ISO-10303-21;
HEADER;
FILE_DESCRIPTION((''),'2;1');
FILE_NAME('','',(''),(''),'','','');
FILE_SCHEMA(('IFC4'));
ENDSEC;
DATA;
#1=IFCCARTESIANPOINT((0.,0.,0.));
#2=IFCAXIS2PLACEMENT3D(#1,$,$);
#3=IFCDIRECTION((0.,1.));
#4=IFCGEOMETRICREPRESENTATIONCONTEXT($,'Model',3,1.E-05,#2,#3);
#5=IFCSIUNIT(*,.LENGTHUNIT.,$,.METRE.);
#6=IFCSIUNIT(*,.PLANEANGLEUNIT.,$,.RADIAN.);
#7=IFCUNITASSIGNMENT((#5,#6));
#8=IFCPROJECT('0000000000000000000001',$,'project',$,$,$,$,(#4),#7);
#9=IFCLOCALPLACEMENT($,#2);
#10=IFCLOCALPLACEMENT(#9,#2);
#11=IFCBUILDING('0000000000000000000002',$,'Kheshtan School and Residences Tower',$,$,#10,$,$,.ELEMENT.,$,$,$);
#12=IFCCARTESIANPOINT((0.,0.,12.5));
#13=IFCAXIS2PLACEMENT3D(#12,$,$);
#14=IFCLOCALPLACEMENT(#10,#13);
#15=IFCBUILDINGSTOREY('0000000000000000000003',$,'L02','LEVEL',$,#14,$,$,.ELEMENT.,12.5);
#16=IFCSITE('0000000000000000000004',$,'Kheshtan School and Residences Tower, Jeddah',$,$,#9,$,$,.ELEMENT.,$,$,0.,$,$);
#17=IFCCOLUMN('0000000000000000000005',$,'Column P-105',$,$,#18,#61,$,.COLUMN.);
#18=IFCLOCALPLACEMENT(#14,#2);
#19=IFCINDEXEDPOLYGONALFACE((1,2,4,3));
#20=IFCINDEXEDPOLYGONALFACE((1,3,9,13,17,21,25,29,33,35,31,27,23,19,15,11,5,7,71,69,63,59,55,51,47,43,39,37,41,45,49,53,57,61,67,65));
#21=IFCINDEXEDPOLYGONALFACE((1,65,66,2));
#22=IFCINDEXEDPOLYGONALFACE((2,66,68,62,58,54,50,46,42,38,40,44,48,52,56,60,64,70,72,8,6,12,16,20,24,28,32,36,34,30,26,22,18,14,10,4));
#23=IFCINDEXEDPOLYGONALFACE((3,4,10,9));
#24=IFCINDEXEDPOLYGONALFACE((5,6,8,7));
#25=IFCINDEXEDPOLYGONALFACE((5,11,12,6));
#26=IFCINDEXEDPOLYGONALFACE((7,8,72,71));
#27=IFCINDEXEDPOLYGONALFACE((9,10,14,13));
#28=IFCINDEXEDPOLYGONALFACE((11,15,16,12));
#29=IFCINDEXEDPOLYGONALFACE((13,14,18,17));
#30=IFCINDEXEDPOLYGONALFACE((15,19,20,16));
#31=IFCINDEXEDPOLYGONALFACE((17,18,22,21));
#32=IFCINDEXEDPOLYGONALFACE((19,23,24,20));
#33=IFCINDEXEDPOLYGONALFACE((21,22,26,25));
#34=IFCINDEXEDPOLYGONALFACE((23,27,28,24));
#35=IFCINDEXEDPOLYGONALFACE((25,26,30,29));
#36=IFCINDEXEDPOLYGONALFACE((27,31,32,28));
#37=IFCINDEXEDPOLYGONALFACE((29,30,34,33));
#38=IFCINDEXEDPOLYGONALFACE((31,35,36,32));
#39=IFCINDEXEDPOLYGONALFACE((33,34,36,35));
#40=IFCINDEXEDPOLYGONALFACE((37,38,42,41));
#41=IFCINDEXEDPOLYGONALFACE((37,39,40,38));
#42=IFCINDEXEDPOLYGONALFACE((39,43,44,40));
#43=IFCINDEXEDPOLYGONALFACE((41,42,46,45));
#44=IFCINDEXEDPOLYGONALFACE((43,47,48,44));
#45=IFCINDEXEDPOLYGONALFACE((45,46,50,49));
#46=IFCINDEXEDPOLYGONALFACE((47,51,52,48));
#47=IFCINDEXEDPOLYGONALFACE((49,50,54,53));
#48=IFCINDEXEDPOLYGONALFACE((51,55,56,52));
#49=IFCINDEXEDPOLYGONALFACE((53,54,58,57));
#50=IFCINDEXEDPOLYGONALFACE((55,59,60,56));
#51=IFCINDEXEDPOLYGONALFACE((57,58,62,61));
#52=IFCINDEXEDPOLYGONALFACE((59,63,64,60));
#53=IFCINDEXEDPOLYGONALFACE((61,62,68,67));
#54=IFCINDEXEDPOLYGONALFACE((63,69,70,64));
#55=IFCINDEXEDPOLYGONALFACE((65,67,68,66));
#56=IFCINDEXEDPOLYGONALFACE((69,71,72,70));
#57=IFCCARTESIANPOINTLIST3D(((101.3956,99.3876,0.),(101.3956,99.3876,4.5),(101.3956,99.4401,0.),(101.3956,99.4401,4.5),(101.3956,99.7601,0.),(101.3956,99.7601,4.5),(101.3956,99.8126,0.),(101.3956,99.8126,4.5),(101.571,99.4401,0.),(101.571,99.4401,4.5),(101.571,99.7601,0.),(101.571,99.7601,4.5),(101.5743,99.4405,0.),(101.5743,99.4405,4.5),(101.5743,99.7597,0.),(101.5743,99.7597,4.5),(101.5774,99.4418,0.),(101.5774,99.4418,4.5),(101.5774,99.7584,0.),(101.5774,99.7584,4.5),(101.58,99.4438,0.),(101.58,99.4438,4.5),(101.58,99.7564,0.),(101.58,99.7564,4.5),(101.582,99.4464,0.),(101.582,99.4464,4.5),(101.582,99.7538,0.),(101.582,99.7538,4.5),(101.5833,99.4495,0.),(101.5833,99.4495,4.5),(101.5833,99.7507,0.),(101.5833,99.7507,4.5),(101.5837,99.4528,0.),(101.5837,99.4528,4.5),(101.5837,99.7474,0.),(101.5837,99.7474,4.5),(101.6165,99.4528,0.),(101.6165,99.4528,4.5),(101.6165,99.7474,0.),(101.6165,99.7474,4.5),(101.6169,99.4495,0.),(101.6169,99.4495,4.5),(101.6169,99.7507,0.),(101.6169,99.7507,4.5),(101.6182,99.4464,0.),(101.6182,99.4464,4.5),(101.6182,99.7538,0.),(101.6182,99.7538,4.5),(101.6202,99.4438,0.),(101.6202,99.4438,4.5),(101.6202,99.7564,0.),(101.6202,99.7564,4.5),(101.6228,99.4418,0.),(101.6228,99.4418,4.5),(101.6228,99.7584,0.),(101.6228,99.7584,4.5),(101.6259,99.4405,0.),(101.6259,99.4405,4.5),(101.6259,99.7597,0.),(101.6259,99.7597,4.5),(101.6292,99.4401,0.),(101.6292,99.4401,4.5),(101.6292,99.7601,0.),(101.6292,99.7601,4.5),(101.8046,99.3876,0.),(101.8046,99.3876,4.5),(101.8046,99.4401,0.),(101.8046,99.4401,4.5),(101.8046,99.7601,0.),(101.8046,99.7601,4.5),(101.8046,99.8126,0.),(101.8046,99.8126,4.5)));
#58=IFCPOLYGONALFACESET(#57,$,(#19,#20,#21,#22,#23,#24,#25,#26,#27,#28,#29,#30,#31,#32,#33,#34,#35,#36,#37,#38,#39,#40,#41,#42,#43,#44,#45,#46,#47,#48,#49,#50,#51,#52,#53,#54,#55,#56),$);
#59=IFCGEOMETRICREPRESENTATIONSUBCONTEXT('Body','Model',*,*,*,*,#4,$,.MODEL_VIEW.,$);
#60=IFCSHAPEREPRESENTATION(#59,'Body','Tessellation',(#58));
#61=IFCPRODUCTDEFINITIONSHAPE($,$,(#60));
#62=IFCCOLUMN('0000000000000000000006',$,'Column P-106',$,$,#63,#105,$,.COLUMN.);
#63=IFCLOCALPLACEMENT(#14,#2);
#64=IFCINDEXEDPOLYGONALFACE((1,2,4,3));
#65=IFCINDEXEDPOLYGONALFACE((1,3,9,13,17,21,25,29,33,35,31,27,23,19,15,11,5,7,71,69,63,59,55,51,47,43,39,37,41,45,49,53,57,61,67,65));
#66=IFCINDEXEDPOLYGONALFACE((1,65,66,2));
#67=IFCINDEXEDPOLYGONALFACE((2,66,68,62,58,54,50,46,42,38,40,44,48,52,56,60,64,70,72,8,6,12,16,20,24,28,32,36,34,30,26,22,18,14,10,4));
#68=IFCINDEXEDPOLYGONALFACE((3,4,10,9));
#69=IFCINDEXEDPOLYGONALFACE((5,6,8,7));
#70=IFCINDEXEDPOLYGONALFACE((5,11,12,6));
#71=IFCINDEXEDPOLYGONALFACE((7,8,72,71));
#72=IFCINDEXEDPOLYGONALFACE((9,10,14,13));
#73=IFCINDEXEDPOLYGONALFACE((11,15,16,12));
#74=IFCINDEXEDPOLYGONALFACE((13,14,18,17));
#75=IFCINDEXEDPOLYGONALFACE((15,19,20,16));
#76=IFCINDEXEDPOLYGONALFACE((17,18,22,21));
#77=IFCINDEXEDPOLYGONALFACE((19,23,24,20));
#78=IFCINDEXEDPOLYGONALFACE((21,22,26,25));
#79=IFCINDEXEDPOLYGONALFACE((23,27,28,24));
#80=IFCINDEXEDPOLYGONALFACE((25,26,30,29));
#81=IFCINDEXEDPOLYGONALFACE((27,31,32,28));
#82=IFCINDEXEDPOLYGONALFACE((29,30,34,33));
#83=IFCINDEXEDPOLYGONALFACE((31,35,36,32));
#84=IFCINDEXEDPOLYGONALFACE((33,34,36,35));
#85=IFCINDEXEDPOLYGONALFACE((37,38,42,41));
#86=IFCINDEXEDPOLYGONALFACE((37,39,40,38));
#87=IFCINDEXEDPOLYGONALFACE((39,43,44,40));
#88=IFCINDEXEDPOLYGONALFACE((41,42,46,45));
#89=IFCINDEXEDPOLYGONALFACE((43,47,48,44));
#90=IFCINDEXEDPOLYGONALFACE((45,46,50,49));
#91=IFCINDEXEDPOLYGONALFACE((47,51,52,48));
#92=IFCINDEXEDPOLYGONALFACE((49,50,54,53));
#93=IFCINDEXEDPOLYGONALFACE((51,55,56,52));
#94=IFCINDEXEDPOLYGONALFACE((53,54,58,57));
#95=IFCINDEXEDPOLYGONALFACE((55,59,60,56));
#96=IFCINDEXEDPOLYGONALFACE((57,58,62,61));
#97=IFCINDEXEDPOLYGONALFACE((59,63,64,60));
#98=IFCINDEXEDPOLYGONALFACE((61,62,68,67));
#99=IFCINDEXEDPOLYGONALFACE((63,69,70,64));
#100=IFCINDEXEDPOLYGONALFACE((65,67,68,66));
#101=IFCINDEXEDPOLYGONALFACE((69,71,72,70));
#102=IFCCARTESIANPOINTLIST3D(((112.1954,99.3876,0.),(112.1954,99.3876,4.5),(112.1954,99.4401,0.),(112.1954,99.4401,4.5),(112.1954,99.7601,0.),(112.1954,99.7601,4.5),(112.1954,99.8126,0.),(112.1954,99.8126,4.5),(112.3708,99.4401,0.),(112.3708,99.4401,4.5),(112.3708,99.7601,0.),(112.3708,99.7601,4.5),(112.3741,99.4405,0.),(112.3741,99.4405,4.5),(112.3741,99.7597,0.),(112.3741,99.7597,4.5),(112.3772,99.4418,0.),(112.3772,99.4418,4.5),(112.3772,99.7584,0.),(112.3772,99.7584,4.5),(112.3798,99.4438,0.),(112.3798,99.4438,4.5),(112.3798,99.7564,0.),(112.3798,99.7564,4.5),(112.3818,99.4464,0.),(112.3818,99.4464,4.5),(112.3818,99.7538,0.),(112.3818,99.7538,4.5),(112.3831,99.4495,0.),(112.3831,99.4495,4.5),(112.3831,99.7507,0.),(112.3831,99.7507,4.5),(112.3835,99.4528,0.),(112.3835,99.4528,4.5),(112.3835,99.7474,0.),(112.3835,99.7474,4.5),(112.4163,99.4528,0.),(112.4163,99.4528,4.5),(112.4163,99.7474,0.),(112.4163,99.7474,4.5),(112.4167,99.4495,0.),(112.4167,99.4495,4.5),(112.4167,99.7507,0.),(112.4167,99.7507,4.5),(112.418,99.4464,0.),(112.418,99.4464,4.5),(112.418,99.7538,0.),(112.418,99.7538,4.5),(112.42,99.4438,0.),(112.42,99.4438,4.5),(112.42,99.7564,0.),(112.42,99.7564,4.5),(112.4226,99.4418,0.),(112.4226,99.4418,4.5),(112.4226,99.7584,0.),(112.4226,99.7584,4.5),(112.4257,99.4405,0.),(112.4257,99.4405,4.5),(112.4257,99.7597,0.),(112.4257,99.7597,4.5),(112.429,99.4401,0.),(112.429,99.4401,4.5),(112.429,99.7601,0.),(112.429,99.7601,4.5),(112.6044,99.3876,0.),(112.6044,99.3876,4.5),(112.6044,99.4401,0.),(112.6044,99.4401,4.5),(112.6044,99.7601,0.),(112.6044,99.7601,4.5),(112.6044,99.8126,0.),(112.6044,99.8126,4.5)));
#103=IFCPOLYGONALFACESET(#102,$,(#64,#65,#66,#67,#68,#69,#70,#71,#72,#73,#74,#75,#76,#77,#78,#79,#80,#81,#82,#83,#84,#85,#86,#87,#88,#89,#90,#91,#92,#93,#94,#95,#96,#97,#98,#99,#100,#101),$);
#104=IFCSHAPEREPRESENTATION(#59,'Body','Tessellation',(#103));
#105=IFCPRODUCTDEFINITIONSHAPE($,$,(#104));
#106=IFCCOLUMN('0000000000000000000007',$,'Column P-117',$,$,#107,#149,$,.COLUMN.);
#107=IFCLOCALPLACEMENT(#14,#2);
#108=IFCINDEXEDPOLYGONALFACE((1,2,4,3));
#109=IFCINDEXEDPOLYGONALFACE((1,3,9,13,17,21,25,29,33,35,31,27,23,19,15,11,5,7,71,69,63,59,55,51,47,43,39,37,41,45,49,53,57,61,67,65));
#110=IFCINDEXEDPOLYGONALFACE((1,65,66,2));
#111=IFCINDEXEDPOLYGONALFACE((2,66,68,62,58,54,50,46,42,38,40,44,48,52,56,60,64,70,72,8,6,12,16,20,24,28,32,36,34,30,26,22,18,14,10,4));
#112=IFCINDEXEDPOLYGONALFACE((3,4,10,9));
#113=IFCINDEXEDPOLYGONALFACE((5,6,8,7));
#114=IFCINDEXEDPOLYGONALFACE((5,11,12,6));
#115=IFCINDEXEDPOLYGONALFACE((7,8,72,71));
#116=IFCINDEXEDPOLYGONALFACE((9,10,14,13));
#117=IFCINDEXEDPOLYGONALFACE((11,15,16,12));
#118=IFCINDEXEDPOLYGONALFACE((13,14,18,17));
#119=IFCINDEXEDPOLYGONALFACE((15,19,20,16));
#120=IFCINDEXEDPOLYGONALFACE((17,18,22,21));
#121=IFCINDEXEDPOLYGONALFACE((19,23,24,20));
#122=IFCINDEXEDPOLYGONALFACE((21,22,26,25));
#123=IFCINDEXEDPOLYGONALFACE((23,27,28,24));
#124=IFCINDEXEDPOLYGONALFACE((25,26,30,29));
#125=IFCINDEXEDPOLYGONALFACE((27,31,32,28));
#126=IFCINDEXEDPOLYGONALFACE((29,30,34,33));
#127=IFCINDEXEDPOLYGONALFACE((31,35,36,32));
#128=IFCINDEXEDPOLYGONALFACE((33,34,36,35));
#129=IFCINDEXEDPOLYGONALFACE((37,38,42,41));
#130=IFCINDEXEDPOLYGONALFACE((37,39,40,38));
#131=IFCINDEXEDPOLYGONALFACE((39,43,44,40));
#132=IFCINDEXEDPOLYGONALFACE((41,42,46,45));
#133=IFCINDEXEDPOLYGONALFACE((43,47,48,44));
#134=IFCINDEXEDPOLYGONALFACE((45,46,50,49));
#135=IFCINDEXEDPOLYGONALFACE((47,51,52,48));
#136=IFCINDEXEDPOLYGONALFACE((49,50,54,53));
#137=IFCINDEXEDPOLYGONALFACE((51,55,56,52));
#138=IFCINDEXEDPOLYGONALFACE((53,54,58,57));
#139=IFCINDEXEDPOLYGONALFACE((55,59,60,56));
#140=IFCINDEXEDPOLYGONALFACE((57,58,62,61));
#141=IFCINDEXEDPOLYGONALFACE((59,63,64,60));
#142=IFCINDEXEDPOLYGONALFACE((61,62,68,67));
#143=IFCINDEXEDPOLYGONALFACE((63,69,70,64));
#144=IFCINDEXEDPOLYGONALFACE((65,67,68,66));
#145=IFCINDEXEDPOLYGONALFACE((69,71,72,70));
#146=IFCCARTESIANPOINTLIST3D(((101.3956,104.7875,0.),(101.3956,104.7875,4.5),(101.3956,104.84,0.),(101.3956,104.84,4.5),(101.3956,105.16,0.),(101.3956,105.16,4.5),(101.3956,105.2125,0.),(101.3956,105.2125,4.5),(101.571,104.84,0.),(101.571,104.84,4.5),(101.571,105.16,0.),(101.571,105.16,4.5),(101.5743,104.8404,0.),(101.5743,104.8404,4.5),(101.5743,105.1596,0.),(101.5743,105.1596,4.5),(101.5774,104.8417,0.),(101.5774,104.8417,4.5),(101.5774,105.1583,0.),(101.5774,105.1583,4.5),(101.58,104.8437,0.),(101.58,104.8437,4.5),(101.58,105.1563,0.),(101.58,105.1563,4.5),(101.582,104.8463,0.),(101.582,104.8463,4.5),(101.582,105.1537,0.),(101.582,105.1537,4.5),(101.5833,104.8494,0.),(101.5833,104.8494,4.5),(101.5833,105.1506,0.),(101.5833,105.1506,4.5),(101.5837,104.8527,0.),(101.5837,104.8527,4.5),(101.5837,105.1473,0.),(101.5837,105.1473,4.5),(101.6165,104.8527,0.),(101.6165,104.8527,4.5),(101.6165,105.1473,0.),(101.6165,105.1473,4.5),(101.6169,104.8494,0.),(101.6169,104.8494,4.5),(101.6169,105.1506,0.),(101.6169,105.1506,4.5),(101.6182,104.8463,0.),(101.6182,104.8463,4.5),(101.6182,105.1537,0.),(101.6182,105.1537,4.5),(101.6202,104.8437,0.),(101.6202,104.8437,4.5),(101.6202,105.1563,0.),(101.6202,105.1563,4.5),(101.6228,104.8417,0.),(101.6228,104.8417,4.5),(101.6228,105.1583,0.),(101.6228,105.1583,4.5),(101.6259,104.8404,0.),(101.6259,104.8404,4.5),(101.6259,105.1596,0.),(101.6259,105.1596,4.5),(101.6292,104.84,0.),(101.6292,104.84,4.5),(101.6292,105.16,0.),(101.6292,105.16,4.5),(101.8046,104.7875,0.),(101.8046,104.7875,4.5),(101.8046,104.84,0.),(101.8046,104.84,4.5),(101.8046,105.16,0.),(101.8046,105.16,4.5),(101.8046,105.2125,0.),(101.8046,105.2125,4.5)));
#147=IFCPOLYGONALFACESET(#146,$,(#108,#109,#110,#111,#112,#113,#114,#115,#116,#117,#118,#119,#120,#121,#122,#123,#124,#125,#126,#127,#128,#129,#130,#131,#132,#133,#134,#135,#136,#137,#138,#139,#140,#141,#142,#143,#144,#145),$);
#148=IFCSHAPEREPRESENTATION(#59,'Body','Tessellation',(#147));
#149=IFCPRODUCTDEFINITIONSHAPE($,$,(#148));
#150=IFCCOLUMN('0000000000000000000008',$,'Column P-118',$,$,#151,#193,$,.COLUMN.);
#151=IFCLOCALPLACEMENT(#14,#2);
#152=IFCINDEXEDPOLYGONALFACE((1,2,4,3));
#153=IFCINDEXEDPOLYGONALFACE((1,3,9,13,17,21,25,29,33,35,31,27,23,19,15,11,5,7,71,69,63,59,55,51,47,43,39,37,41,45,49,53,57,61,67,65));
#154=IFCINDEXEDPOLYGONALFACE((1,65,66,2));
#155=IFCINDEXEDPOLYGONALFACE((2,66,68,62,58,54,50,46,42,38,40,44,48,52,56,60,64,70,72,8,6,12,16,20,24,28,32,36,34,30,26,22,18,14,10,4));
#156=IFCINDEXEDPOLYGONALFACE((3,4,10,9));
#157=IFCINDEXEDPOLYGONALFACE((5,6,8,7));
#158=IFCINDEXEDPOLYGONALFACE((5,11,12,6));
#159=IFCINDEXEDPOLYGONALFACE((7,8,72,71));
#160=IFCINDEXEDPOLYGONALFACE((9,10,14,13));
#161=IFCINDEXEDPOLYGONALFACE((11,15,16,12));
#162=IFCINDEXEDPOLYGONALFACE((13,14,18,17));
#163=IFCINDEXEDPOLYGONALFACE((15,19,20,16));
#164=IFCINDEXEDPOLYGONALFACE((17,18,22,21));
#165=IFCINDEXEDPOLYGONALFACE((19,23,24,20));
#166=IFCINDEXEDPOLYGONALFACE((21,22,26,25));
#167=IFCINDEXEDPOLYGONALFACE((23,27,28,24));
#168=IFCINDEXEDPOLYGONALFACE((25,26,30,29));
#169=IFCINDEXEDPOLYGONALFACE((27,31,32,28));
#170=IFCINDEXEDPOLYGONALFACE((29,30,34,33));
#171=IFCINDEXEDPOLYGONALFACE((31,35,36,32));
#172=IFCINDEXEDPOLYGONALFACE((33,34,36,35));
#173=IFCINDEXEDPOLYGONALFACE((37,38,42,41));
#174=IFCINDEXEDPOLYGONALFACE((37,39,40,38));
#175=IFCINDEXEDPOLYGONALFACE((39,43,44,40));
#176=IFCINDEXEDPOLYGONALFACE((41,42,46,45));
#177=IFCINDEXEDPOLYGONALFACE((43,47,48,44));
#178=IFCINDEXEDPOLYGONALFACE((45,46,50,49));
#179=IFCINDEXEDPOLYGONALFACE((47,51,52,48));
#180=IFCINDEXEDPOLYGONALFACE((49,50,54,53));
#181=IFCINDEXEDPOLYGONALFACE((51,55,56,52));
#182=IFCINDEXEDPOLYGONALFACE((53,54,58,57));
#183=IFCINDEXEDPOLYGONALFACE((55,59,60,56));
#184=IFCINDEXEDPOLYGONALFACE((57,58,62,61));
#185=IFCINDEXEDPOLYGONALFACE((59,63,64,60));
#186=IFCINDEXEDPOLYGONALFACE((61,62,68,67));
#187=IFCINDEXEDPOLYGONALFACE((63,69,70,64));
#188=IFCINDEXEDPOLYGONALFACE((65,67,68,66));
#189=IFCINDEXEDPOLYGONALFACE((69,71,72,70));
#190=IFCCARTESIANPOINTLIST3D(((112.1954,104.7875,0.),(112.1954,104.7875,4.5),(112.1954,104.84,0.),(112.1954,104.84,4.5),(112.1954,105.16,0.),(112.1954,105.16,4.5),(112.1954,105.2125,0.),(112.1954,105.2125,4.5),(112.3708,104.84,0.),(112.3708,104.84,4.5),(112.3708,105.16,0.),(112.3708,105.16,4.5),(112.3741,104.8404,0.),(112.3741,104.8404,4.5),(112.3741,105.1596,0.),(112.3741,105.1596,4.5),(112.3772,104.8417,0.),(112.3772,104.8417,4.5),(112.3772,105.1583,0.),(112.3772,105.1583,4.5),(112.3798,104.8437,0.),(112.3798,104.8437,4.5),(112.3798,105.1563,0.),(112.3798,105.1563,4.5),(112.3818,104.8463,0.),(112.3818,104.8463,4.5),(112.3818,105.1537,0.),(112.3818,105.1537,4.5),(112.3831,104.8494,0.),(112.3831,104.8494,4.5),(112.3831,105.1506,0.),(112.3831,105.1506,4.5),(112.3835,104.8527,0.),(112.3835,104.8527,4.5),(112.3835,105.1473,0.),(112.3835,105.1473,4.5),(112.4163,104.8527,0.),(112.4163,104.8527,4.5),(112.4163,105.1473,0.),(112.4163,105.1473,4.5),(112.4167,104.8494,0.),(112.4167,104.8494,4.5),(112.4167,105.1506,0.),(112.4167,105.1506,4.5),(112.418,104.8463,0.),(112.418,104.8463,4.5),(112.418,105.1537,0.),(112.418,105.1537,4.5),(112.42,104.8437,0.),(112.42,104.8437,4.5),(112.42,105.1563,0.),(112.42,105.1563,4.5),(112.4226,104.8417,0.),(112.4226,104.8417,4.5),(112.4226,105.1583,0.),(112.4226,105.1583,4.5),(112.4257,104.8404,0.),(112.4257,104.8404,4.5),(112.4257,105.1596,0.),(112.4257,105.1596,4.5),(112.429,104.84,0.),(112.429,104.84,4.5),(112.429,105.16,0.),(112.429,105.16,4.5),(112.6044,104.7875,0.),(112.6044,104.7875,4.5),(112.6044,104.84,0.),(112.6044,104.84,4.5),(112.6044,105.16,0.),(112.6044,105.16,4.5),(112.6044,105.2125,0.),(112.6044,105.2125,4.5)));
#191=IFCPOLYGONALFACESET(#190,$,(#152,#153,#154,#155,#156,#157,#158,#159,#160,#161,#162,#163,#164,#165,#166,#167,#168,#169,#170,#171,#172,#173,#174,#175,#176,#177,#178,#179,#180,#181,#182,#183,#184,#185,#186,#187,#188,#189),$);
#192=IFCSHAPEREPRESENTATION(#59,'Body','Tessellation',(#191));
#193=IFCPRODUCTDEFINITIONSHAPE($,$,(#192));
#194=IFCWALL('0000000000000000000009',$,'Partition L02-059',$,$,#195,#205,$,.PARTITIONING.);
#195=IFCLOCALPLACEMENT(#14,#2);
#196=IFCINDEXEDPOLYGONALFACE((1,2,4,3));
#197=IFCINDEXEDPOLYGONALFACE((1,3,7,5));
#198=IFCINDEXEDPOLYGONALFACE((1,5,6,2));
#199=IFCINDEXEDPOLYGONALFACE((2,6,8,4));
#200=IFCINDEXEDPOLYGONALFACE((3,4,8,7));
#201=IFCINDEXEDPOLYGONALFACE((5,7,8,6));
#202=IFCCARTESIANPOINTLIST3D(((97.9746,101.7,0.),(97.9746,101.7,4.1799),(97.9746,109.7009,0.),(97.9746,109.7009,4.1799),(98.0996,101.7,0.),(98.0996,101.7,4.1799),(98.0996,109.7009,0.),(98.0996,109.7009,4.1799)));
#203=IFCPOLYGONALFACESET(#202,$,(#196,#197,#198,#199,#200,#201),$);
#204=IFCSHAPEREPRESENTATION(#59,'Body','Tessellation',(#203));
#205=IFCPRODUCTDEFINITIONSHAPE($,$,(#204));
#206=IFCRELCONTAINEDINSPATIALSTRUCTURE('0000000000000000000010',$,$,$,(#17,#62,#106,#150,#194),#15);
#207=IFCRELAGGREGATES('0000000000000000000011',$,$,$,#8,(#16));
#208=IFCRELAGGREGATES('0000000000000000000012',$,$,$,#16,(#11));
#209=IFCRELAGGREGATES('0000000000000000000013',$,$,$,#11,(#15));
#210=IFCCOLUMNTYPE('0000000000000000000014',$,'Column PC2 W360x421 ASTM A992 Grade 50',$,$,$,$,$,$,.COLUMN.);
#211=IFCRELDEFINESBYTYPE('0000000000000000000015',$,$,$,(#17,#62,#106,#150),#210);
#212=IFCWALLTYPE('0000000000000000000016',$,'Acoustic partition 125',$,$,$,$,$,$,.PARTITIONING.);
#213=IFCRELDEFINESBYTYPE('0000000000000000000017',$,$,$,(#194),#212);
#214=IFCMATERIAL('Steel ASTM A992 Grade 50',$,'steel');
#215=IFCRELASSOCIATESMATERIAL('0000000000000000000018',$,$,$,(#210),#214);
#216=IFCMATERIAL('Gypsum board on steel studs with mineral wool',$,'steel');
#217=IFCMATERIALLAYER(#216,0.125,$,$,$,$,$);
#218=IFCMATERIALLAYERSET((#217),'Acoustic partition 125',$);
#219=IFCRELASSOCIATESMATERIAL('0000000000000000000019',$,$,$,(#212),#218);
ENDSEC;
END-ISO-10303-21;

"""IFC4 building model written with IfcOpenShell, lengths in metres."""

from ifc_helpers import new_model, si_unit, direction, frame, frame_2d, origin, origin_2d, place, context, subcontext, project, spatial, rectangle, i_section, extrude, material, layer, layer_set, material_profile, profile_set, type_object, element, save


model = new_model("IFC4")

# Units and contexts
model_context = context("Model", 3, precision=1e-05, world=origin(), true_north=direction((0.0, 1.0)))
body_context = subcontext(model_context, "Body", "Model", "MODEL_VIEW")
ifc_project = project(units=[si_unit("LENGTHUNIT", "METRE"), si_unit("PLANEANGLEUNIT", "RADIAN")], contexts=[model_context])

# Site, building, storey
site_placement = place(None, origin())
site = spatial("IfcSite", under=ifc_project, at=site_placement, Name="Kheshtan School and Residences Tower, Jeddah", CompositionType="ELEMENT", RefElevation=0.0)
building_placement = place(site_placement, origin())
building = spatial("IfcBuilding", under=site, at=building_placement, Name="Kheshtan School and Residences Tower", CompositionType="ELEMENT")
storey_placement = place(building_placement, frame((0.0, 0.0, 12.5)))
storey = spatial("IfcBuildingStorey", under=building, at=storey_placement, Name="L02", Description="LEVEL", CompositionType="ELEMENT", Elevation=12.5)

# Columns
ifc_material_1 = material(Name="Steel ASTM A992 Grade 50", Category="steel")
ifc_material_profile = material_profile(ifc_material_1, i_section(OverallWidth=0.4089, OverallDepth=0.425, WebThickness=0.0327, FlangeThickness=0.0525, FilletRadius=0.0127, at=origin_2d()), Name="W360x421")
ifc_profile_set = profile_set([ifc_material_profile], Name="Steel ASTM A992 Grade 50")
column_type = type_object("IfcColumnType", Name="Column PC2 W360x421 ASTM A992 Grade 50", PredefinedType="COLUMN", material=ifc_profile_set)
for number, where, z_axis, x_axis, name in (
    (1, (101.6001, 99.6001, 0.0), (0.0, 0.0, 1.0), (1.0, 0.0, 0.0), "Column P-105"),
    (2, (112.3999, 99.6001, 0.0), (0.0, 0.0, 1.0), (1.0, 0.0, 0.0), "Column P-106"),
    (3, (101.6001, 105.0, 0.0), (0.0, 0.0, 1.0), (1.0, 0.0, 0.0), "Column P-117"),
    (4, (112.3999, 105.0, 0.0), (0.0, 0.0, 1.0), (1.0, 0.0, 0.0), "Column P-118"),
):
    element("IfcColumn", number, at=place(storey_placement, frame(where, z_axis=z_axis, x_axis=x_axis)), inside=storey, type_object=column_type, Name=name, PredefinedType="COLUMN", context=body_context, shape_type="SweptSolid", body=[
        extrude(i_section(OverallWidth=0.4089, OverallDepth=0.425, WebThickness=0.0327, FlangeThickness=0.0525, FilletRadius=0.0127, at=origin_2d()), origin(), (0.0, 0.0, 1.0), 4.5),
    ])

# Wall
ifc_material_2 = material(Name="Gypsum board on steel studs with mineral wool", Category="steel")
ifc_layer_1 = layer(ifc_material_2, 0.125)
ifc_layer_set_1 = layer_set([ifc_layer_1], Name="Acoustic partition 125")
wall_type_1 = type_object("IfcWallType", Name="Acoustic partition 125", PredefinedType="PARTITIONING", material=ifc_layer_set_1)
for number, where, z_axis, x_axis, name in (
    (5, (98.0371, 101.7, 0.0), (0.0, 0.0, 1.0), (0.0, 1.0, 0.0), "Partition L02-059"),
):
    element("IfcWall", number, at=place(storey_placement, frame(where, z_axis=z_axis, x_axis=x_axis)), inside=storey, type_object=wall_type_1, Name=name, PredefinedType="PARTITIONING", context=body_context, shape_type="SweptSolid", body=[
        extrude(rectangle(XDim=8.001, YDim=0.125, at=frame_2d((4.0005, 0.0))), origin(), (0.0, 0.0, 1.0), 4.1799),
    ])

save(model, "model.ifc")
